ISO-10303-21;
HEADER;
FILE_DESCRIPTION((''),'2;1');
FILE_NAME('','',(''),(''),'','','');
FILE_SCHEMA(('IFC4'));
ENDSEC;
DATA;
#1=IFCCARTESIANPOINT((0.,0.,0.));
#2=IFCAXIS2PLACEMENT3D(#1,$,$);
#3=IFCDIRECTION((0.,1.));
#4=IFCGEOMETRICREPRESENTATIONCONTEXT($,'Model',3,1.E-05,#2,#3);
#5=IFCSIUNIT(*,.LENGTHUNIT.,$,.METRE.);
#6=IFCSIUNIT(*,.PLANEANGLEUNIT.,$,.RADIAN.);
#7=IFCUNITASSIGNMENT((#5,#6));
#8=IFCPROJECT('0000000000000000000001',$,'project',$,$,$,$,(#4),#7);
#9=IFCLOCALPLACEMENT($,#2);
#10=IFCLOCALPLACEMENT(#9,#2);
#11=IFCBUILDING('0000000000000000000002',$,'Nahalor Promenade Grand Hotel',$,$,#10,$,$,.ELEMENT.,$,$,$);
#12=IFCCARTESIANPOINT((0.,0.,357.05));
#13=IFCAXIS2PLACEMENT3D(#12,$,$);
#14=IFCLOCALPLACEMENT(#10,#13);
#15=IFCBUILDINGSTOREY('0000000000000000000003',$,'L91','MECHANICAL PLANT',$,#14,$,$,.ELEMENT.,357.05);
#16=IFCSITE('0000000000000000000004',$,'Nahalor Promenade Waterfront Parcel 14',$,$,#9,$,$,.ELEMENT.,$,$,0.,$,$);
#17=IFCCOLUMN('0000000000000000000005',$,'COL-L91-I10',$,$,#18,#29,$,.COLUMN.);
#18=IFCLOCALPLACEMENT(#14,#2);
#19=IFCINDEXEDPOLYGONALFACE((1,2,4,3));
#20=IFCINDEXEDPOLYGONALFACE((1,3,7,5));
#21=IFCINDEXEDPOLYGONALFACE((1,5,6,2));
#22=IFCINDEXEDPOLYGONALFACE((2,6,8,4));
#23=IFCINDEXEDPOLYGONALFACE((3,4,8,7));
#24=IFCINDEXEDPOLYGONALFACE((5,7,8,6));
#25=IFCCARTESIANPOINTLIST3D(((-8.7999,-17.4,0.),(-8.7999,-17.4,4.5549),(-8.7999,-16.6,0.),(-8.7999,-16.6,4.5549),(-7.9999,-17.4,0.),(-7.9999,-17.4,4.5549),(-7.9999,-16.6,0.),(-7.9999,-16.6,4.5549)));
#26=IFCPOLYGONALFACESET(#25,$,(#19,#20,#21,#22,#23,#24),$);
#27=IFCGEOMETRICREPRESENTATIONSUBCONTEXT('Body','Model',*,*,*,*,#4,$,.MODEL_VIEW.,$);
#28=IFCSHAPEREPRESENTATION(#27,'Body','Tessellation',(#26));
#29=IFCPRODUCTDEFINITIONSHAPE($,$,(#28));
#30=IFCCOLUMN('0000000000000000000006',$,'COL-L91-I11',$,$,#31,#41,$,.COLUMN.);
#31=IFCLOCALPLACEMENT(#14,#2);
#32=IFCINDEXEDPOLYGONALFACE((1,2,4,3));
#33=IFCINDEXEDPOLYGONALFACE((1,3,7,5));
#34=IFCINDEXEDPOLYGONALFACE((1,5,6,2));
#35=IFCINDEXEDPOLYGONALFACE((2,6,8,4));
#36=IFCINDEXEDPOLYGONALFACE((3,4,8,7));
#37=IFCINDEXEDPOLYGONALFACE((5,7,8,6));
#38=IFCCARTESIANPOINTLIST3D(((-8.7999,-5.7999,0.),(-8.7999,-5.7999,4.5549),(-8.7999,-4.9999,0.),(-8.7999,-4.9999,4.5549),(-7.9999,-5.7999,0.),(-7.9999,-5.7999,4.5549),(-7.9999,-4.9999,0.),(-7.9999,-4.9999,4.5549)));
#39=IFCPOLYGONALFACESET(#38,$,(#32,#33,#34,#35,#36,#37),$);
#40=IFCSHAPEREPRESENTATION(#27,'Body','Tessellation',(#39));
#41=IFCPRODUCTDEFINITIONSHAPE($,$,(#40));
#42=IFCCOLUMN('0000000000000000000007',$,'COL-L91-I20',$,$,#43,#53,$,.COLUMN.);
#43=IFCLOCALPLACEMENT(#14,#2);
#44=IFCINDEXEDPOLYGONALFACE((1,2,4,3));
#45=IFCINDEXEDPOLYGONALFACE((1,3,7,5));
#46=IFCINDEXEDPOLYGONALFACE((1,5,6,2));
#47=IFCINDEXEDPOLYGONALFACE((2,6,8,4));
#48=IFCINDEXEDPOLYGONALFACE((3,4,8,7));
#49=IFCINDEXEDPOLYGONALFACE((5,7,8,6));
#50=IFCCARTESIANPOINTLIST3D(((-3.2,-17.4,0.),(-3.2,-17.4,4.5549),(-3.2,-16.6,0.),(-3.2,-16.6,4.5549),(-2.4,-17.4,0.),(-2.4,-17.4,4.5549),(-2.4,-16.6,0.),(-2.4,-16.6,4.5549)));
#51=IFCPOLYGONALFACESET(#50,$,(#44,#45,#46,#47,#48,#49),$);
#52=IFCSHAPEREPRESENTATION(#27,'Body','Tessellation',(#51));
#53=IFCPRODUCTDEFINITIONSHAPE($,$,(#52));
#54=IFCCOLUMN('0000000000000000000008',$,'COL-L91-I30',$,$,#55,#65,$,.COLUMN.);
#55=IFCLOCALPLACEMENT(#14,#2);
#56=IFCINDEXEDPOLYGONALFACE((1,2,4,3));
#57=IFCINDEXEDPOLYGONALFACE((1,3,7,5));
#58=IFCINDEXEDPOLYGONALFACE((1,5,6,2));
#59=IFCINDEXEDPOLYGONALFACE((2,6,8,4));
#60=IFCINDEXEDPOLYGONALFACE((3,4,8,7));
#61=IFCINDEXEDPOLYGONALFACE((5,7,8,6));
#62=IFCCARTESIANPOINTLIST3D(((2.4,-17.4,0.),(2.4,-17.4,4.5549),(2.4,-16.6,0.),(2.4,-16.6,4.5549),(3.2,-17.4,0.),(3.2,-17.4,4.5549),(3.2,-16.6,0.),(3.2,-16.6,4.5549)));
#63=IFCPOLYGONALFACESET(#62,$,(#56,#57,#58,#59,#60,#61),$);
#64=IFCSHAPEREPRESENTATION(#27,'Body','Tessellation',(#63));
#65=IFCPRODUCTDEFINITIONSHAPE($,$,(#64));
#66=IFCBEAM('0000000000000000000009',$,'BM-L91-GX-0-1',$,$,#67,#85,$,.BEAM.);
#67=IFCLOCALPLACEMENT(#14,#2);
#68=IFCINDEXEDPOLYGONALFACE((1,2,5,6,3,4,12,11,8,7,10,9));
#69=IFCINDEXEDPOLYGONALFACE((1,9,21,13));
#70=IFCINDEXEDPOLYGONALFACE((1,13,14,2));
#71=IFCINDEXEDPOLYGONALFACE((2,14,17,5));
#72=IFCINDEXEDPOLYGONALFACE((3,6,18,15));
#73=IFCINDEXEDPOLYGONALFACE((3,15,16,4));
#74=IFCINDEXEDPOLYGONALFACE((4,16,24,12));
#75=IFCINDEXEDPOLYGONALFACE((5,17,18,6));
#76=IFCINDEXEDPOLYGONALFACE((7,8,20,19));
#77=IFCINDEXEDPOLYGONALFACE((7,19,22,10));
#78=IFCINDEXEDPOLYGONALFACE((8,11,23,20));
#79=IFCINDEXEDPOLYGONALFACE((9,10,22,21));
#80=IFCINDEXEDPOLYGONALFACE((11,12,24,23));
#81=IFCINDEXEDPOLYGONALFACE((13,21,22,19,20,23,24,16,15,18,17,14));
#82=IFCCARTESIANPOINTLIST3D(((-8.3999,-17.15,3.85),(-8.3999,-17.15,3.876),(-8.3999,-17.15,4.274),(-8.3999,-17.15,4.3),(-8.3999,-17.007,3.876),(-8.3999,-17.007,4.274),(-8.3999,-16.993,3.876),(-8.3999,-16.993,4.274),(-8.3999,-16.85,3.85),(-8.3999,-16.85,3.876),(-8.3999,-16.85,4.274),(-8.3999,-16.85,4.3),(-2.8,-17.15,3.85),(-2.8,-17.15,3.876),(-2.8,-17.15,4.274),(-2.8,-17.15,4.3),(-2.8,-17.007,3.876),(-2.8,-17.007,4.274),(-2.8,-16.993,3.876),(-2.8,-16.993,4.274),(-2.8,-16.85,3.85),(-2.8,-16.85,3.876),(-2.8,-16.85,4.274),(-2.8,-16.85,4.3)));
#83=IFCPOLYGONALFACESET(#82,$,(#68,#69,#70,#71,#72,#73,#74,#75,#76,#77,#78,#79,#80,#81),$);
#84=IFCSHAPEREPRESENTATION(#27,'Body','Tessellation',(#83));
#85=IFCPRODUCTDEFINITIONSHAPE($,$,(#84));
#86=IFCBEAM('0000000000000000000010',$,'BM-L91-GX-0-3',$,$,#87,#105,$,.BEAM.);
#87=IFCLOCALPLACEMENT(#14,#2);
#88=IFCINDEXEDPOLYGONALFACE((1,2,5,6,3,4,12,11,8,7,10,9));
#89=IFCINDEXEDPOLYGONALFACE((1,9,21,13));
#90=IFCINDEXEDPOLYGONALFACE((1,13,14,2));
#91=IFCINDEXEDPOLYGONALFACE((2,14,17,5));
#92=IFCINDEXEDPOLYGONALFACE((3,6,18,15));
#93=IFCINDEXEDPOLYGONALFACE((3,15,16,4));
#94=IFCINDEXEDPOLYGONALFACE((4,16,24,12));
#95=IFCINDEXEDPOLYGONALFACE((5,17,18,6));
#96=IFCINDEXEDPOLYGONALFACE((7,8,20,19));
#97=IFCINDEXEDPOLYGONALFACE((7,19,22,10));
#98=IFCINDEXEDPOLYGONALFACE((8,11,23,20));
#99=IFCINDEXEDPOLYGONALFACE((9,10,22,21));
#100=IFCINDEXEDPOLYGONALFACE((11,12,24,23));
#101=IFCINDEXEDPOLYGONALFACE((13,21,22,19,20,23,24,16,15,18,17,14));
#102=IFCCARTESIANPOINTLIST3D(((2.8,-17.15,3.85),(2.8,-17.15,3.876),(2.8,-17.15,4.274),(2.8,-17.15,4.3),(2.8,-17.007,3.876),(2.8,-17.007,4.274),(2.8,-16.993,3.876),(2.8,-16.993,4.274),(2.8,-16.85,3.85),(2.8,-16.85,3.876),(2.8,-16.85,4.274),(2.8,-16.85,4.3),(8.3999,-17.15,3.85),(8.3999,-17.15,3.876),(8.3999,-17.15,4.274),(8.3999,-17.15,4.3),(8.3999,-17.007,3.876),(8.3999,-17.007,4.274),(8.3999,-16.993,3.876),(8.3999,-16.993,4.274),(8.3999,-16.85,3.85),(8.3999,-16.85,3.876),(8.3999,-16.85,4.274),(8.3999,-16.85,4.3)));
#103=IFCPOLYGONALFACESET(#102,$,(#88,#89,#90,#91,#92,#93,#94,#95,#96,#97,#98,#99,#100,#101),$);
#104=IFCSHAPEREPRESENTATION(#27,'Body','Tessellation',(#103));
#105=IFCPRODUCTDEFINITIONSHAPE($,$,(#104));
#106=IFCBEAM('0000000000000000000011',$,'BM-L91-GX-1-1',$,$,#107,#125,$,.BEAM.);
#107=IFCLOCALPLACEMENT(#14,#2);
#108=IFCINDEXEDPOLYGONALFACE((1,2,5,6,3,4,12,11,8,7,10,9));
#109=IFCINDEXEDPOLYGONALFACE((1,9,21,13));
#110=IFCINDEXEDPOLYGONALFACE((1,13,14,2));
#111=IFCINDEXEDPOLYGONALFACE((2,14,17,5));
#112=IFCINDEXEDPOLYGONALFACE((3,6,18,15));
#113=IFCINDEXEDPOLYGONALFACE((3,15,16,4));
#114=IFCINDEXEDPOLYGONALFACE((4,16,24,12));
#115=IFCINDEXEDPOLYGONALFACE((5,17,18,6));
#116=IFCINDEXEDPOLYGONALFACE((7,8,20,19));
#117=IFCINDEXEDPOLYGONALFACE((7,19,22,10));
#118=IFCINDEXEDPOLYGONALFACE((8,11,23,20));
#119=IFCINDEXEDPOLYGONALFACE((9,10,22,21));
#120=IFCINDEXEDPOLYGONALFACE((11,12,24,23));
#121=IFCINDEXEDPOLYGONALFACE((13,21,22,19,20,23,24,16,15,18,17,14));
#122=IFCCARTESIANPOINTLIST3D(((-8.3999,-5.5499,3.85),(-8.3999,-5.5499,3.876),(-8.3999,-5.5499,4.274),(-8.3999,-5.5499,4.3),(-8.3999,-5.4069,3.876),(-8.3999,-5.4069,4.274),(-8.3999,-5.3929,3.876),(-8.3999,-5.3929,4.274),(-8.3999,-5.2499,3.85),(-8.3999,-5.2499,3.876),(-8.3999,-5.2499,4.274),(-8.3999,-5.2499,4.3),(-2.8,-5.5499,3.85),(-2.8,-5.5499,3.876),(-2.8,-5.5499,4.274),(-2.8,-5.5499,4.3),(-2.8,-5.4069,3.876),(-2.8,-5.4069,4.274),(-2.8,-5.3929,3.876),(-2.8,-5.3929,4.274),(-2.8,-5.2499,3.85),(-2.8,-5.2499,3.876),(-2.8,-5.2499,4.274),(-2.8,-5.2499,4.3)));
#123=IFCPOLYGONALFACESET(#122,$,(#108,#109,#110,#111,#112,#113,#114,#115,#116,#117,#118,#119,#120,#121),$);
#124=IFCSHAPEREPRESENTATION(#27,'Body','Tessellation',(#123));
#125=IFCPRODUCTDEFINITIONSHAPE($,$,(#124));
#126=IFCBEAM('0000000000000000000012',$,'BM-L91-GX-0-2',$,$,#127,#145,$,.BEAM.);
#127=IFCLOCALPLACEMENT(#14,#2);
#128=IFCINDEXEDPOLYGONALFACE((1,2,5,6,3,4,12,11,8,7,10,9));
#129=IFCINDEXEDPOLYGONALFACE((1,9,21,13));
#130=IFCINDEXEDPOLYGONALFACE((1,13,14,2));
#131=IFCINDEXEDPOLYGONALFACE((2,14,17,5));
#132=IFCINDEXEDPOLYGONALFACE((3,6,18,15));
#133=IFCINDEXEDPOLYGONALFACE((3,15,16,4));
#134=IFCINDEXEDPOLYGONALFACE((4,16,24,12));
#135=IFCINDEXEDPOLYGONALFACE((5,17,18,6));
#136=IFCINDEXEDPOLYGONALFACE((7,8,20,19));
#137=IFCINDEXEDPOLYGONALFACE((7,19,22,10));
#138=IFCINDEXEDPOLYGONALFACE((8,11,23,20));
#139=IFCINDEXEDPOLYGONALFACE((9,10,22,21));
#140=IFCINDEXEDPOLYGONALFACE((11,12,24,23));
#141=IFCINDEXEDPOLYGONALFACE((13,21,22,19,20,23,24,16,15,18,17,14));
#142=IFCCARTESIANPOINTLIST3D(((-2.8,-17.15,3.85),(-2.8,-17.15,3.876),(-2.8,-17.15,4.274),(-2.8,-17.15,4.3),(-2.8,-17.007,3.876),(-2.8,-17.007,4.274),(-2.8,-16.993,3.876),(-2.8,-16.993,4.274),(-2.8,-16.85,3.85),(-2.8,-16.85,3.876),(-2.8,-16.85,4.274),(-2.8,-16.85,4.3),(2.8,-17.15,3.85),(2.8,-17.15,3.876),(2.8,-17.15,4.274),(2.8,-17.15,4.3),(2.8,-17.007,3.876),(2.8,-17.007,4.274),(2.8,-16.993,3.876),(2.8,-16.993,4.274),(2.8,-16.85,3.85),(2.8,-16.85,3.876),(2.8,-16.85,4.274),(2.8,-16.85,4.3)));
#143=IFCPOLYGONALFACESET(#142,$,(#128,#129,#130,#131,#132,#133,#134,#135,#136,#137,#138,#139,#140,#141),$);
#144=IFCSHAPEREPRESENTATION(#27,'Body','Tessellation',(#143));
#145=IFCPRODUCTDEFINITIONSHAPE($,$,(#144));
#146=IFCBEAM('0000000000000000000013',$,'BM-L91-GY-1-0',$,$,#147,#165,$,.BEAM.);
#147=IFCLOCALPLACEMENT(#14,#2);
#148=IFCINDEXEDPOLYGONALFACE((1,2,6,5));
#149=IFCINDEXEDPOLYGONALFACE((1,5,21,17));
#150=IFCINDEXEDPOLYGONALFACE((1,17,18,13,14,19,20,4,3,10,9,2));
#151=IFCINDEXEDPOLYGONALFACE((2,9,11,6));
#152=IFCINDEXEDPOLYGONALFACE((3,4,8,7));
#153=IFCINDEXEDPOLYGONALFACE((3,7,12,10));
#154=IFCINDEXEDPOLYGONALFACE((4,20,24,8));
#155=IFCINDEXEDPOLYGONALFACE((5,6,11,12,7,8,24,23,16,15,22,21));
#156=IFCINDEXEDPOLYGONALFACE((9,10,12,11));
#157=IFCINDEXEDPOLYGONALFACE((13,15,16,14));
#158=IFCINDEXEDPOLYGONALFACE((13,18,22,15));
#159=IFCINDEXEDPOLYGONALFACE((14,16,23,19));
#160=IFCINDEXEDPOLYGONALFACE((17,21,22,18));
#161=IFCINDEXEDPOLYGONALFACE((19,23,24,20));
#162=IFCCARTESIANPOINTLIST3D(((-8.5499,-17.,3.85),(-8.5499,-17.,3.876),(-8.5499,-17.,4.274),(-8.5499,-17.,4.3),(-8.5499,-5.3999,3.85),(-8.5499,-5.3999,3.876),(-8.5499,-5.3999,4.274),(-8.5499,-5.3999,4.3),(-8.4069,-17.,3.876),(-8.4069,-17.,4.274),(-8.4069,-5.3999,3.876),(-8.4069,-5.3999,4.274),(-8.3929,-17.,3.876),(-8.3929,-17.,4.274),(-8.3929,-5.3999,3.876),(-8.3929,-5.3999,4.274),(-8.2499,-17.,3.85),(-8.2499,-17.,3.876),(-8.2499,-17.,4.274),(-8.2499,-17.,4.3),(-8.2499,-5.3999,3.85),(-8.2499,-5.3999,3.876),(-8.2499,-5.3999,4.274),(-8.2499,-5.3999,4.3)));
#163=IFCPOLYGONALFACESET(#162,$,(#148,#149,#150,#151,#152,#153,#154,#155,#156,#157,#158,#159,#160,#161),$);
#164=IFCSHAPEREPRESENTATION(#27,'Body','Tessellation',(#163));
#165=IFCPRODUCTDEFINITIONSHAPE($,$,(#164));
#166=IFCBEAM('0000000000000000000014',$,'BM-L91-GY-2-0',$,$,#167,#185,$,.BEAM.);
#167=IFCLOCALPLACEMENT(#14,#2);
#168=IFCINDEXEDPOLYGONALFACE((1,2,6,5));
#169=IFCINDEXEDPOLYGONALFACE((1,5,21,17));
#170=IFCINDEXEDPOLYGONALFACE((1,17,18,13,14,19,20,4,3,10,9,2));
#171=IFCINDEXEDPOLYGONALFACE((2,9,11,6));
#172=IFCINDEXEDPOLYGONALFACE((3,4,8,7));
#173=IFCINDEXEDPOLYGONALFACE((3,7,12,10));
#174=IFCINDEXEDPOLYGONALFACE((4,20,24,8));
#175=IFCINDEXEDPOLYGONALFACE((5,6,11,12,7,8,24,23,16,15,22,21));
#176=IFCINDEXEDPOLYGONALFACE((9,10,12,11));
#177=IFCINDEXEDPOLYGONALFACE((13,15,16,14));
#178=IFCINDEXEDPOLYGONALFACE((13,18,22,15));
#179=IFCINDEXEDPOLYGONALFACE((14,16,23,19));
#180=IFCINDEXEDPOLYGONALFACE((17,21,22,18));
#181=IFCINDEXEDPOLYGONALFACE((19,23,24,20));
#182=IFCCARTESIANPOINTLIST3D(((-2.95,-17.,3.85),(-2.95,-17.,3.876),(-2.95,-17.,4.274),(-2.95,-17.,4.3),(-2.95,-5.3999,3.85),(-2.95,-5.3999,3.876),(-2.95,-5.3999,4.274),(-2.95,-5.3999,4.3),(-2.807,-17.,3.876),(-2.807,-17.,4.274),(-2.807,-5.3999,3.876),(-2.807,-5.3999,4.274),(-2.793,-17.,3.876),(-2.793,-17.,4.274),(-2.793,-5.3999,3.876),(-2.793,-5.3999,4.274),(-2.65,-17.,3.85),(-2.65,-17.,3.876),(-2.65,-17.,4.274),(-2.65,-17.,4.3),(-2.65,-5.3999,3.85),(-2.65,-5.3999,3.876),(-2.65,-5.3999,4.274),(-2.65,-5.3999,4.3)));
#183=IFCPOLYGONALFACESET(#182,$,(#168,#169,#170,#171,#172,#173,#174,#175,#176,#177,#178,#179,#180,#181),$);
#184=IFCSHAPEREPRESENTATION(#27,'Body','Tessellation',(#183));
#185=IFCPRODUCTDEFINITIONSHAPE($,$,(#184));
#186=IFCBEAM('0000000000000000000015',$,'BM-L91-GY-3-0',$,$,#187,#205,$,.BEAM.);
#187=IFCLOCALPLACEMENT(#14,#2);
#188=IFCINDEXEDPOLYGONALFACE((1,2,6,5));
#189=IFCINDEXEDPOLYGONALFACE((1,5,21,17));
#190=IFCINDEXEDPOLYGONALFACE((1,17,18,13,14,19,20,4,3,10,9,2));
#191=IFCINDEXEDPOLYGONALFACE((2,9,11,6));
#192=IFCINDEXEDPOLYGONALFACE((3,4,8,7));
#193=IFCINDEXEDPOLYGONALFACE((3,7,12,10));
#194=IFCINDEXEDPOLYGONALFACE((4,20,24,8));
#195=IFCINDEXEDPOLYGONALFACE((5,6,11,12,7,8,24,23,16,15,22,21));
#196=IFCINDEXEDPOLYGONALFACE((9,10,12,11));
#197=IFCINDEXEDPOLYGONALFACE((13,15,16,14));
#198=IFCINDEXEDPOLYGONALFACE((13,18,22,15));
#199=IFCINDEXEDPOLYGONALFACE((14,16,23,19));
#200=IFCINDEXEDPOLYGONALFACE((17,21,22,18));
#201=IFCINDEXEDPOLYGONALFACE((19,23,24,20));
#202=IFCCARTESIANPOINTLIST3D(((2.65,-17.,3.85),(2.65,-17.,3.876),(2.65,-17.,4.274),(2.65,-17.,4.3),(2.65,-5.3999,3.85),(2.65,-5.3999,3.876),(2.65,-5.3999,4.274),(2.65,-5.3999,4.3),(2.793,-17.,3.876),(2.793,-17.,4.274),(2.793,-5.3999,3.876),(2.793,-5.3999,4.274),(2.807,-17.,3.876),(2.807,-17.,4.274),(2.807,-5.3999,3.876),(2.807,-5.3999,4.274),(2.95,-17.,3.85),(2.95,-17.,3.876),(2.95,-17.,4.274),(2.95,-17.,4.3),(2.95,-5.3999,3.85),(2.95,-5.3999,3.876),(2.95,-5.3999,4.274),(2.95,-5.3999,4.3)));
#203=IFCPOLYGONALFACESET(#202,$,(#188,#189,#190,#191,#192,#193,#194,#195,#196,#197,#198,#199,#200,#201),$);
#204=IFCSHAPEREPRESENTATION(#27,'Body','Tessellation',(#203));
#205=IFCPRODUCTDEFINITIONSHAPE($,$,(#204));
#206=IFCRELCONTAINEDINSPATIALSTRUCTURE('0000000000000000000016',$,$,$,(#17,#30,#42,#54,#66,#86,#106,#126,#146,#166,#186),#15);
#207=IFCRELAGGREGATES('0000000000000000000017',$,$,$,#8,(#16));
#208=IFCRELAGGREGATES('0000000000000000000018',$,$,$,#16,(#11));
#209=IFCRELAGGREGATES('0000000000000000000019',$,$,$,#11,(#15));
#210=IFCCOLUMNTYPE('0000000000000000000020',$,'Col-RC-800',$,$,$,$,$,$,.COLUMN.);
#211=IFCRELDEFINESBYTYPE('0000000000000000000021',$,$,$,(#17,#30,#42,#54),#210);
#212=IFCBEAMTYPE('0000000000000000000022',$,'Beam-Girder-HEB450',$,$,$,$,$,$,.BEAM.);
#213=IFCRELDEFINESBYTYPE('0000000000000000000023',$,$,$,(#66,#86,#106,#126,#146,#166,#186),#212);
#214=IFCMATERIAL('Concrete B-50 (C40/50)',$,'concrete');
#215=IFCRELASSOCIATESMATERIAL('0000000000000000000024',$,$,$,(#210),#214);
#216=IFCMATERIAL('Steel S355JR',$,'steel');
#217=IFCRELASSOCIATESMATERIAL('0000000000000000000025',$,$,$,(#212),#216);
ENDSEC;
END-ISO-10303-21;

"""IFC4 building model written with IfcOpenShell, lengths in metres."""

from ifc_helpers import new_model, si_unit, direction, frame, origin, origin_2d, place, context, subcontext, project, spatial, rectangle, i_section, extrude, source, transform, mapped, material, material_profile, profile_set, type_object, element, save


model = new_model("IFC4")

# Units and contexts
model_context = context("Model", 3, precision=1e-05, world=origin(), true_north=direction((0.0, 1.0)))
body_context = subcontext(model_context, "Body", "Model", "MODEL_VIEW")
ifc_project = project(units=[si_unit("LENGTHUNIT", "METRE"), si_unit("PLANEANGLEUNIT", "RADIAN")], contexts=[model_context])

# Site, building, storey
site_placement = place(None, origin())
site = spatial("IfcSite", under=ifc_project, at=site_placement, Name="Nahalor Promenade Waterfront Parcel 14", CompositionType="ELEMENT", RefElevation=0.0)
building_placement = place(site_placement, origin())
building = spatial("IfcBuilding", under=site, at=building_placement, Name="Nahalor Promenade Grand Hotel", CompositionType="ELEMENT")
storey_placement = place(building_placement, frame((0.0, 0.0, 357.05)))
storey = spatial("IfcBuildingStorey", under=building, at=storey_placement, Name="L91", Description="MECHANICAL PLANT", CompositionType="ELEMENT", Elevation=357.05)

# Columns
ifc_material_1 = material(Name="Concrete B-50 (C40/50)", Category="concrete")
ifc_material_profile_1 = material_profile(ifc_material_1, rectangle(XDim=0.8, YDim=0.8, at=origin_2d()), Name="RC 800x800")
ifc_profile_set_1 = profile_set([ifc_material_profile_1], Name="Concrete B-50 (C40/50)")
column_type = type_object("IfcColumnType", Name="Col-RC-800", PredefinedType="COLUMN", material=ifc_profile_set_1)
shared_shape_1 = source(origin(), body_context, "Body", "SweptSolid", [
    extrude(rectangle(XDim=0.8, YDim=0.8, at=origin_2d()), origin(), (0.0, 0.0, 1.0), 4.5549),
])
for number, where, z_axis, x_axis, name in (
    (1, (-8.3999, -17.0, 0.0), (0.0, 0.0, 1.0), (1.0, 0.0, 0.0), "COL-L91-I10"),
    (2, (-8.3999, -5.3999, 0.0), (0.0, 0.0, 1.0), (1.0, 0.0, 0.0), "COL-L91-I11"),
    (3, (-2.8, -17.0, 0.0), (0.0, 0.0, 1.0), (1.0, 0.0, 0.0), "COL-L91-I20"),
    (4, (2.8, -17.0, 0.0), (0.0, 0.0, 1.0), (1.0, 0.0, 0.0), "COL-L91-I30"),
):
    element("IfcColumn", number, at=place(storey_placement, frame(where, z_axis=z_axis, x_axis=x_axis)), inside=storey, type_object=column_type, Name=name, PredefinedType="COLUMN", context=body_context, shape_type="MappedRepresentation", body=[
        mapped(shared_shape_1, transform((0.0, 0.0, 0.0), scale=1.0)),
    ])

# Beams
ifc_material_2 = material(Name="Steel S355JR", Category="steel")
ifc_material_profile_2 = material_profile(ifc_material_2, i_section(OverallWidth=0.3, OverallDepth=0.45, WebThickness=0.014, FlangeThickness=0.026, at=origin_2d()), Name="HEB 450")
ifc_profile_set_2 = profile_set([ifc_material_profile_2], Name="Steel S355JR")
beam_type = type_object("IfcBeamType", Name="Beam-Girder-HEB450", PredefinedType="BEAM", material=ifc_profile_set_2)
shared_shape_2 = source(origin(), body_context, "Body", "SweptSolid", [
    extrude(i_section(OverallWidth=0.3, OverallDepth=0.45, WebThickness=0.014, FlangeThickness=0.026, at=origin_2d()), origin(), (0.0, 0.0, 1.0), 5.5999),
])
for number, where, z_axis, x_axis, name in (
    (5, (-8.3999, -17.0, 4.075), (1.0, 0.0, 0.0), (0.0, 1.0, 0.0), "BM-L91-GX-0-1"),
    (6, (2.8, -17.0, 4.075), (1.0, 0.0, 0.0), (0.0, 1.0, 0.0), "BM-L91-GX-0-3"),
    (7, (-8.3999, -5.3999, 4.075), (1.0, 0.0, 0.0), (0.0, 1.0, 0.0), "BM-L91-GX-1-1"),
):
    element("IfcBeam", number, at=place(storey_placement, frame(where, z_axis=z_axis, x_axis=x_axis)), inside=storey, type_object=beam_type, Name=name, PredefinedType="BEAM", context=body_context, shape_type="MappedRepresentation", body=[
        mapped(shared_shape_2, transform((0.0, 0.0, 0.0), scale=1.0)),
    ])
shared_shape_3 = source(origin(), body_context, "Body", "SweptSolid", [
    extrude(i_section(OverallWidth=0.3, OverallDepth=0.45, WebThickness=0.014, FlangeThickness=0.026, at=origin_2d()), origin(), (0.0, 0.0, 1.0), 5.6001),
])
beam_1_placement = place(storey_placement, frame((-2.8, -17.0, 4.075), z_axis=(1.0, 0.0, 0.0), x_axis=(0.0, 1.0, 0.0)))
element("IfcBeam", 8, at=beam_1_placement, inside=storey, type_object=beam_type, Name="BM-L91-GX-0-2", PredefinedType="BEAM", context=body_context, shape_type="MappedRepresentation", body=[
    mapped(shared_shape_3, transform((0.0, 0.0, 0.0), scale=1.0)),
])
shared_shape_4 = source(origin(), body_context, "Body", "SweptSolid", [
    extrude(i_section(OverallWidth=0.3, OverallDepth=0.45, WebThickness=0.014, FlangeThickness=0.026, at=origin_2d()), origin(), (0.0, 0.0, 1.0), 11.6001),
])
for number, where, z_axis, x_axis, name in (
    (9, (-8.3999, -17.0, 4.075), (0.0, 1.0, 0.0), (-1.0, 0.0, 0.0), "BM-L91-GY-1-0"),
    (10, (-2.8, -17.0, 4.075), (0.0, 1.0, 0.0), (-1.0, 0.0, 0.0), "BM-L91-GY-2-0"),
    (11, (2.8, -17.0, 4.075), (0.0, 1.0, 0.0), (-1.0, 0.0, 0.0), "BM-L91-GY-3-0"),
):
    element("IfcBeam", number, at=place(storey_placement, frame(where, z_axis=z_axis, x_axis=x_axis)), inside=storey, type_object=beam_type, Name=name, PredefinedType="BEAM", context=body_context, shape_type="MappedRepresentation", body=[
        mapped(shared_shape_4, transform((0.0, 0.0, 0.0), scale=1.0)),
    ])

save(model, "model.ifc")
